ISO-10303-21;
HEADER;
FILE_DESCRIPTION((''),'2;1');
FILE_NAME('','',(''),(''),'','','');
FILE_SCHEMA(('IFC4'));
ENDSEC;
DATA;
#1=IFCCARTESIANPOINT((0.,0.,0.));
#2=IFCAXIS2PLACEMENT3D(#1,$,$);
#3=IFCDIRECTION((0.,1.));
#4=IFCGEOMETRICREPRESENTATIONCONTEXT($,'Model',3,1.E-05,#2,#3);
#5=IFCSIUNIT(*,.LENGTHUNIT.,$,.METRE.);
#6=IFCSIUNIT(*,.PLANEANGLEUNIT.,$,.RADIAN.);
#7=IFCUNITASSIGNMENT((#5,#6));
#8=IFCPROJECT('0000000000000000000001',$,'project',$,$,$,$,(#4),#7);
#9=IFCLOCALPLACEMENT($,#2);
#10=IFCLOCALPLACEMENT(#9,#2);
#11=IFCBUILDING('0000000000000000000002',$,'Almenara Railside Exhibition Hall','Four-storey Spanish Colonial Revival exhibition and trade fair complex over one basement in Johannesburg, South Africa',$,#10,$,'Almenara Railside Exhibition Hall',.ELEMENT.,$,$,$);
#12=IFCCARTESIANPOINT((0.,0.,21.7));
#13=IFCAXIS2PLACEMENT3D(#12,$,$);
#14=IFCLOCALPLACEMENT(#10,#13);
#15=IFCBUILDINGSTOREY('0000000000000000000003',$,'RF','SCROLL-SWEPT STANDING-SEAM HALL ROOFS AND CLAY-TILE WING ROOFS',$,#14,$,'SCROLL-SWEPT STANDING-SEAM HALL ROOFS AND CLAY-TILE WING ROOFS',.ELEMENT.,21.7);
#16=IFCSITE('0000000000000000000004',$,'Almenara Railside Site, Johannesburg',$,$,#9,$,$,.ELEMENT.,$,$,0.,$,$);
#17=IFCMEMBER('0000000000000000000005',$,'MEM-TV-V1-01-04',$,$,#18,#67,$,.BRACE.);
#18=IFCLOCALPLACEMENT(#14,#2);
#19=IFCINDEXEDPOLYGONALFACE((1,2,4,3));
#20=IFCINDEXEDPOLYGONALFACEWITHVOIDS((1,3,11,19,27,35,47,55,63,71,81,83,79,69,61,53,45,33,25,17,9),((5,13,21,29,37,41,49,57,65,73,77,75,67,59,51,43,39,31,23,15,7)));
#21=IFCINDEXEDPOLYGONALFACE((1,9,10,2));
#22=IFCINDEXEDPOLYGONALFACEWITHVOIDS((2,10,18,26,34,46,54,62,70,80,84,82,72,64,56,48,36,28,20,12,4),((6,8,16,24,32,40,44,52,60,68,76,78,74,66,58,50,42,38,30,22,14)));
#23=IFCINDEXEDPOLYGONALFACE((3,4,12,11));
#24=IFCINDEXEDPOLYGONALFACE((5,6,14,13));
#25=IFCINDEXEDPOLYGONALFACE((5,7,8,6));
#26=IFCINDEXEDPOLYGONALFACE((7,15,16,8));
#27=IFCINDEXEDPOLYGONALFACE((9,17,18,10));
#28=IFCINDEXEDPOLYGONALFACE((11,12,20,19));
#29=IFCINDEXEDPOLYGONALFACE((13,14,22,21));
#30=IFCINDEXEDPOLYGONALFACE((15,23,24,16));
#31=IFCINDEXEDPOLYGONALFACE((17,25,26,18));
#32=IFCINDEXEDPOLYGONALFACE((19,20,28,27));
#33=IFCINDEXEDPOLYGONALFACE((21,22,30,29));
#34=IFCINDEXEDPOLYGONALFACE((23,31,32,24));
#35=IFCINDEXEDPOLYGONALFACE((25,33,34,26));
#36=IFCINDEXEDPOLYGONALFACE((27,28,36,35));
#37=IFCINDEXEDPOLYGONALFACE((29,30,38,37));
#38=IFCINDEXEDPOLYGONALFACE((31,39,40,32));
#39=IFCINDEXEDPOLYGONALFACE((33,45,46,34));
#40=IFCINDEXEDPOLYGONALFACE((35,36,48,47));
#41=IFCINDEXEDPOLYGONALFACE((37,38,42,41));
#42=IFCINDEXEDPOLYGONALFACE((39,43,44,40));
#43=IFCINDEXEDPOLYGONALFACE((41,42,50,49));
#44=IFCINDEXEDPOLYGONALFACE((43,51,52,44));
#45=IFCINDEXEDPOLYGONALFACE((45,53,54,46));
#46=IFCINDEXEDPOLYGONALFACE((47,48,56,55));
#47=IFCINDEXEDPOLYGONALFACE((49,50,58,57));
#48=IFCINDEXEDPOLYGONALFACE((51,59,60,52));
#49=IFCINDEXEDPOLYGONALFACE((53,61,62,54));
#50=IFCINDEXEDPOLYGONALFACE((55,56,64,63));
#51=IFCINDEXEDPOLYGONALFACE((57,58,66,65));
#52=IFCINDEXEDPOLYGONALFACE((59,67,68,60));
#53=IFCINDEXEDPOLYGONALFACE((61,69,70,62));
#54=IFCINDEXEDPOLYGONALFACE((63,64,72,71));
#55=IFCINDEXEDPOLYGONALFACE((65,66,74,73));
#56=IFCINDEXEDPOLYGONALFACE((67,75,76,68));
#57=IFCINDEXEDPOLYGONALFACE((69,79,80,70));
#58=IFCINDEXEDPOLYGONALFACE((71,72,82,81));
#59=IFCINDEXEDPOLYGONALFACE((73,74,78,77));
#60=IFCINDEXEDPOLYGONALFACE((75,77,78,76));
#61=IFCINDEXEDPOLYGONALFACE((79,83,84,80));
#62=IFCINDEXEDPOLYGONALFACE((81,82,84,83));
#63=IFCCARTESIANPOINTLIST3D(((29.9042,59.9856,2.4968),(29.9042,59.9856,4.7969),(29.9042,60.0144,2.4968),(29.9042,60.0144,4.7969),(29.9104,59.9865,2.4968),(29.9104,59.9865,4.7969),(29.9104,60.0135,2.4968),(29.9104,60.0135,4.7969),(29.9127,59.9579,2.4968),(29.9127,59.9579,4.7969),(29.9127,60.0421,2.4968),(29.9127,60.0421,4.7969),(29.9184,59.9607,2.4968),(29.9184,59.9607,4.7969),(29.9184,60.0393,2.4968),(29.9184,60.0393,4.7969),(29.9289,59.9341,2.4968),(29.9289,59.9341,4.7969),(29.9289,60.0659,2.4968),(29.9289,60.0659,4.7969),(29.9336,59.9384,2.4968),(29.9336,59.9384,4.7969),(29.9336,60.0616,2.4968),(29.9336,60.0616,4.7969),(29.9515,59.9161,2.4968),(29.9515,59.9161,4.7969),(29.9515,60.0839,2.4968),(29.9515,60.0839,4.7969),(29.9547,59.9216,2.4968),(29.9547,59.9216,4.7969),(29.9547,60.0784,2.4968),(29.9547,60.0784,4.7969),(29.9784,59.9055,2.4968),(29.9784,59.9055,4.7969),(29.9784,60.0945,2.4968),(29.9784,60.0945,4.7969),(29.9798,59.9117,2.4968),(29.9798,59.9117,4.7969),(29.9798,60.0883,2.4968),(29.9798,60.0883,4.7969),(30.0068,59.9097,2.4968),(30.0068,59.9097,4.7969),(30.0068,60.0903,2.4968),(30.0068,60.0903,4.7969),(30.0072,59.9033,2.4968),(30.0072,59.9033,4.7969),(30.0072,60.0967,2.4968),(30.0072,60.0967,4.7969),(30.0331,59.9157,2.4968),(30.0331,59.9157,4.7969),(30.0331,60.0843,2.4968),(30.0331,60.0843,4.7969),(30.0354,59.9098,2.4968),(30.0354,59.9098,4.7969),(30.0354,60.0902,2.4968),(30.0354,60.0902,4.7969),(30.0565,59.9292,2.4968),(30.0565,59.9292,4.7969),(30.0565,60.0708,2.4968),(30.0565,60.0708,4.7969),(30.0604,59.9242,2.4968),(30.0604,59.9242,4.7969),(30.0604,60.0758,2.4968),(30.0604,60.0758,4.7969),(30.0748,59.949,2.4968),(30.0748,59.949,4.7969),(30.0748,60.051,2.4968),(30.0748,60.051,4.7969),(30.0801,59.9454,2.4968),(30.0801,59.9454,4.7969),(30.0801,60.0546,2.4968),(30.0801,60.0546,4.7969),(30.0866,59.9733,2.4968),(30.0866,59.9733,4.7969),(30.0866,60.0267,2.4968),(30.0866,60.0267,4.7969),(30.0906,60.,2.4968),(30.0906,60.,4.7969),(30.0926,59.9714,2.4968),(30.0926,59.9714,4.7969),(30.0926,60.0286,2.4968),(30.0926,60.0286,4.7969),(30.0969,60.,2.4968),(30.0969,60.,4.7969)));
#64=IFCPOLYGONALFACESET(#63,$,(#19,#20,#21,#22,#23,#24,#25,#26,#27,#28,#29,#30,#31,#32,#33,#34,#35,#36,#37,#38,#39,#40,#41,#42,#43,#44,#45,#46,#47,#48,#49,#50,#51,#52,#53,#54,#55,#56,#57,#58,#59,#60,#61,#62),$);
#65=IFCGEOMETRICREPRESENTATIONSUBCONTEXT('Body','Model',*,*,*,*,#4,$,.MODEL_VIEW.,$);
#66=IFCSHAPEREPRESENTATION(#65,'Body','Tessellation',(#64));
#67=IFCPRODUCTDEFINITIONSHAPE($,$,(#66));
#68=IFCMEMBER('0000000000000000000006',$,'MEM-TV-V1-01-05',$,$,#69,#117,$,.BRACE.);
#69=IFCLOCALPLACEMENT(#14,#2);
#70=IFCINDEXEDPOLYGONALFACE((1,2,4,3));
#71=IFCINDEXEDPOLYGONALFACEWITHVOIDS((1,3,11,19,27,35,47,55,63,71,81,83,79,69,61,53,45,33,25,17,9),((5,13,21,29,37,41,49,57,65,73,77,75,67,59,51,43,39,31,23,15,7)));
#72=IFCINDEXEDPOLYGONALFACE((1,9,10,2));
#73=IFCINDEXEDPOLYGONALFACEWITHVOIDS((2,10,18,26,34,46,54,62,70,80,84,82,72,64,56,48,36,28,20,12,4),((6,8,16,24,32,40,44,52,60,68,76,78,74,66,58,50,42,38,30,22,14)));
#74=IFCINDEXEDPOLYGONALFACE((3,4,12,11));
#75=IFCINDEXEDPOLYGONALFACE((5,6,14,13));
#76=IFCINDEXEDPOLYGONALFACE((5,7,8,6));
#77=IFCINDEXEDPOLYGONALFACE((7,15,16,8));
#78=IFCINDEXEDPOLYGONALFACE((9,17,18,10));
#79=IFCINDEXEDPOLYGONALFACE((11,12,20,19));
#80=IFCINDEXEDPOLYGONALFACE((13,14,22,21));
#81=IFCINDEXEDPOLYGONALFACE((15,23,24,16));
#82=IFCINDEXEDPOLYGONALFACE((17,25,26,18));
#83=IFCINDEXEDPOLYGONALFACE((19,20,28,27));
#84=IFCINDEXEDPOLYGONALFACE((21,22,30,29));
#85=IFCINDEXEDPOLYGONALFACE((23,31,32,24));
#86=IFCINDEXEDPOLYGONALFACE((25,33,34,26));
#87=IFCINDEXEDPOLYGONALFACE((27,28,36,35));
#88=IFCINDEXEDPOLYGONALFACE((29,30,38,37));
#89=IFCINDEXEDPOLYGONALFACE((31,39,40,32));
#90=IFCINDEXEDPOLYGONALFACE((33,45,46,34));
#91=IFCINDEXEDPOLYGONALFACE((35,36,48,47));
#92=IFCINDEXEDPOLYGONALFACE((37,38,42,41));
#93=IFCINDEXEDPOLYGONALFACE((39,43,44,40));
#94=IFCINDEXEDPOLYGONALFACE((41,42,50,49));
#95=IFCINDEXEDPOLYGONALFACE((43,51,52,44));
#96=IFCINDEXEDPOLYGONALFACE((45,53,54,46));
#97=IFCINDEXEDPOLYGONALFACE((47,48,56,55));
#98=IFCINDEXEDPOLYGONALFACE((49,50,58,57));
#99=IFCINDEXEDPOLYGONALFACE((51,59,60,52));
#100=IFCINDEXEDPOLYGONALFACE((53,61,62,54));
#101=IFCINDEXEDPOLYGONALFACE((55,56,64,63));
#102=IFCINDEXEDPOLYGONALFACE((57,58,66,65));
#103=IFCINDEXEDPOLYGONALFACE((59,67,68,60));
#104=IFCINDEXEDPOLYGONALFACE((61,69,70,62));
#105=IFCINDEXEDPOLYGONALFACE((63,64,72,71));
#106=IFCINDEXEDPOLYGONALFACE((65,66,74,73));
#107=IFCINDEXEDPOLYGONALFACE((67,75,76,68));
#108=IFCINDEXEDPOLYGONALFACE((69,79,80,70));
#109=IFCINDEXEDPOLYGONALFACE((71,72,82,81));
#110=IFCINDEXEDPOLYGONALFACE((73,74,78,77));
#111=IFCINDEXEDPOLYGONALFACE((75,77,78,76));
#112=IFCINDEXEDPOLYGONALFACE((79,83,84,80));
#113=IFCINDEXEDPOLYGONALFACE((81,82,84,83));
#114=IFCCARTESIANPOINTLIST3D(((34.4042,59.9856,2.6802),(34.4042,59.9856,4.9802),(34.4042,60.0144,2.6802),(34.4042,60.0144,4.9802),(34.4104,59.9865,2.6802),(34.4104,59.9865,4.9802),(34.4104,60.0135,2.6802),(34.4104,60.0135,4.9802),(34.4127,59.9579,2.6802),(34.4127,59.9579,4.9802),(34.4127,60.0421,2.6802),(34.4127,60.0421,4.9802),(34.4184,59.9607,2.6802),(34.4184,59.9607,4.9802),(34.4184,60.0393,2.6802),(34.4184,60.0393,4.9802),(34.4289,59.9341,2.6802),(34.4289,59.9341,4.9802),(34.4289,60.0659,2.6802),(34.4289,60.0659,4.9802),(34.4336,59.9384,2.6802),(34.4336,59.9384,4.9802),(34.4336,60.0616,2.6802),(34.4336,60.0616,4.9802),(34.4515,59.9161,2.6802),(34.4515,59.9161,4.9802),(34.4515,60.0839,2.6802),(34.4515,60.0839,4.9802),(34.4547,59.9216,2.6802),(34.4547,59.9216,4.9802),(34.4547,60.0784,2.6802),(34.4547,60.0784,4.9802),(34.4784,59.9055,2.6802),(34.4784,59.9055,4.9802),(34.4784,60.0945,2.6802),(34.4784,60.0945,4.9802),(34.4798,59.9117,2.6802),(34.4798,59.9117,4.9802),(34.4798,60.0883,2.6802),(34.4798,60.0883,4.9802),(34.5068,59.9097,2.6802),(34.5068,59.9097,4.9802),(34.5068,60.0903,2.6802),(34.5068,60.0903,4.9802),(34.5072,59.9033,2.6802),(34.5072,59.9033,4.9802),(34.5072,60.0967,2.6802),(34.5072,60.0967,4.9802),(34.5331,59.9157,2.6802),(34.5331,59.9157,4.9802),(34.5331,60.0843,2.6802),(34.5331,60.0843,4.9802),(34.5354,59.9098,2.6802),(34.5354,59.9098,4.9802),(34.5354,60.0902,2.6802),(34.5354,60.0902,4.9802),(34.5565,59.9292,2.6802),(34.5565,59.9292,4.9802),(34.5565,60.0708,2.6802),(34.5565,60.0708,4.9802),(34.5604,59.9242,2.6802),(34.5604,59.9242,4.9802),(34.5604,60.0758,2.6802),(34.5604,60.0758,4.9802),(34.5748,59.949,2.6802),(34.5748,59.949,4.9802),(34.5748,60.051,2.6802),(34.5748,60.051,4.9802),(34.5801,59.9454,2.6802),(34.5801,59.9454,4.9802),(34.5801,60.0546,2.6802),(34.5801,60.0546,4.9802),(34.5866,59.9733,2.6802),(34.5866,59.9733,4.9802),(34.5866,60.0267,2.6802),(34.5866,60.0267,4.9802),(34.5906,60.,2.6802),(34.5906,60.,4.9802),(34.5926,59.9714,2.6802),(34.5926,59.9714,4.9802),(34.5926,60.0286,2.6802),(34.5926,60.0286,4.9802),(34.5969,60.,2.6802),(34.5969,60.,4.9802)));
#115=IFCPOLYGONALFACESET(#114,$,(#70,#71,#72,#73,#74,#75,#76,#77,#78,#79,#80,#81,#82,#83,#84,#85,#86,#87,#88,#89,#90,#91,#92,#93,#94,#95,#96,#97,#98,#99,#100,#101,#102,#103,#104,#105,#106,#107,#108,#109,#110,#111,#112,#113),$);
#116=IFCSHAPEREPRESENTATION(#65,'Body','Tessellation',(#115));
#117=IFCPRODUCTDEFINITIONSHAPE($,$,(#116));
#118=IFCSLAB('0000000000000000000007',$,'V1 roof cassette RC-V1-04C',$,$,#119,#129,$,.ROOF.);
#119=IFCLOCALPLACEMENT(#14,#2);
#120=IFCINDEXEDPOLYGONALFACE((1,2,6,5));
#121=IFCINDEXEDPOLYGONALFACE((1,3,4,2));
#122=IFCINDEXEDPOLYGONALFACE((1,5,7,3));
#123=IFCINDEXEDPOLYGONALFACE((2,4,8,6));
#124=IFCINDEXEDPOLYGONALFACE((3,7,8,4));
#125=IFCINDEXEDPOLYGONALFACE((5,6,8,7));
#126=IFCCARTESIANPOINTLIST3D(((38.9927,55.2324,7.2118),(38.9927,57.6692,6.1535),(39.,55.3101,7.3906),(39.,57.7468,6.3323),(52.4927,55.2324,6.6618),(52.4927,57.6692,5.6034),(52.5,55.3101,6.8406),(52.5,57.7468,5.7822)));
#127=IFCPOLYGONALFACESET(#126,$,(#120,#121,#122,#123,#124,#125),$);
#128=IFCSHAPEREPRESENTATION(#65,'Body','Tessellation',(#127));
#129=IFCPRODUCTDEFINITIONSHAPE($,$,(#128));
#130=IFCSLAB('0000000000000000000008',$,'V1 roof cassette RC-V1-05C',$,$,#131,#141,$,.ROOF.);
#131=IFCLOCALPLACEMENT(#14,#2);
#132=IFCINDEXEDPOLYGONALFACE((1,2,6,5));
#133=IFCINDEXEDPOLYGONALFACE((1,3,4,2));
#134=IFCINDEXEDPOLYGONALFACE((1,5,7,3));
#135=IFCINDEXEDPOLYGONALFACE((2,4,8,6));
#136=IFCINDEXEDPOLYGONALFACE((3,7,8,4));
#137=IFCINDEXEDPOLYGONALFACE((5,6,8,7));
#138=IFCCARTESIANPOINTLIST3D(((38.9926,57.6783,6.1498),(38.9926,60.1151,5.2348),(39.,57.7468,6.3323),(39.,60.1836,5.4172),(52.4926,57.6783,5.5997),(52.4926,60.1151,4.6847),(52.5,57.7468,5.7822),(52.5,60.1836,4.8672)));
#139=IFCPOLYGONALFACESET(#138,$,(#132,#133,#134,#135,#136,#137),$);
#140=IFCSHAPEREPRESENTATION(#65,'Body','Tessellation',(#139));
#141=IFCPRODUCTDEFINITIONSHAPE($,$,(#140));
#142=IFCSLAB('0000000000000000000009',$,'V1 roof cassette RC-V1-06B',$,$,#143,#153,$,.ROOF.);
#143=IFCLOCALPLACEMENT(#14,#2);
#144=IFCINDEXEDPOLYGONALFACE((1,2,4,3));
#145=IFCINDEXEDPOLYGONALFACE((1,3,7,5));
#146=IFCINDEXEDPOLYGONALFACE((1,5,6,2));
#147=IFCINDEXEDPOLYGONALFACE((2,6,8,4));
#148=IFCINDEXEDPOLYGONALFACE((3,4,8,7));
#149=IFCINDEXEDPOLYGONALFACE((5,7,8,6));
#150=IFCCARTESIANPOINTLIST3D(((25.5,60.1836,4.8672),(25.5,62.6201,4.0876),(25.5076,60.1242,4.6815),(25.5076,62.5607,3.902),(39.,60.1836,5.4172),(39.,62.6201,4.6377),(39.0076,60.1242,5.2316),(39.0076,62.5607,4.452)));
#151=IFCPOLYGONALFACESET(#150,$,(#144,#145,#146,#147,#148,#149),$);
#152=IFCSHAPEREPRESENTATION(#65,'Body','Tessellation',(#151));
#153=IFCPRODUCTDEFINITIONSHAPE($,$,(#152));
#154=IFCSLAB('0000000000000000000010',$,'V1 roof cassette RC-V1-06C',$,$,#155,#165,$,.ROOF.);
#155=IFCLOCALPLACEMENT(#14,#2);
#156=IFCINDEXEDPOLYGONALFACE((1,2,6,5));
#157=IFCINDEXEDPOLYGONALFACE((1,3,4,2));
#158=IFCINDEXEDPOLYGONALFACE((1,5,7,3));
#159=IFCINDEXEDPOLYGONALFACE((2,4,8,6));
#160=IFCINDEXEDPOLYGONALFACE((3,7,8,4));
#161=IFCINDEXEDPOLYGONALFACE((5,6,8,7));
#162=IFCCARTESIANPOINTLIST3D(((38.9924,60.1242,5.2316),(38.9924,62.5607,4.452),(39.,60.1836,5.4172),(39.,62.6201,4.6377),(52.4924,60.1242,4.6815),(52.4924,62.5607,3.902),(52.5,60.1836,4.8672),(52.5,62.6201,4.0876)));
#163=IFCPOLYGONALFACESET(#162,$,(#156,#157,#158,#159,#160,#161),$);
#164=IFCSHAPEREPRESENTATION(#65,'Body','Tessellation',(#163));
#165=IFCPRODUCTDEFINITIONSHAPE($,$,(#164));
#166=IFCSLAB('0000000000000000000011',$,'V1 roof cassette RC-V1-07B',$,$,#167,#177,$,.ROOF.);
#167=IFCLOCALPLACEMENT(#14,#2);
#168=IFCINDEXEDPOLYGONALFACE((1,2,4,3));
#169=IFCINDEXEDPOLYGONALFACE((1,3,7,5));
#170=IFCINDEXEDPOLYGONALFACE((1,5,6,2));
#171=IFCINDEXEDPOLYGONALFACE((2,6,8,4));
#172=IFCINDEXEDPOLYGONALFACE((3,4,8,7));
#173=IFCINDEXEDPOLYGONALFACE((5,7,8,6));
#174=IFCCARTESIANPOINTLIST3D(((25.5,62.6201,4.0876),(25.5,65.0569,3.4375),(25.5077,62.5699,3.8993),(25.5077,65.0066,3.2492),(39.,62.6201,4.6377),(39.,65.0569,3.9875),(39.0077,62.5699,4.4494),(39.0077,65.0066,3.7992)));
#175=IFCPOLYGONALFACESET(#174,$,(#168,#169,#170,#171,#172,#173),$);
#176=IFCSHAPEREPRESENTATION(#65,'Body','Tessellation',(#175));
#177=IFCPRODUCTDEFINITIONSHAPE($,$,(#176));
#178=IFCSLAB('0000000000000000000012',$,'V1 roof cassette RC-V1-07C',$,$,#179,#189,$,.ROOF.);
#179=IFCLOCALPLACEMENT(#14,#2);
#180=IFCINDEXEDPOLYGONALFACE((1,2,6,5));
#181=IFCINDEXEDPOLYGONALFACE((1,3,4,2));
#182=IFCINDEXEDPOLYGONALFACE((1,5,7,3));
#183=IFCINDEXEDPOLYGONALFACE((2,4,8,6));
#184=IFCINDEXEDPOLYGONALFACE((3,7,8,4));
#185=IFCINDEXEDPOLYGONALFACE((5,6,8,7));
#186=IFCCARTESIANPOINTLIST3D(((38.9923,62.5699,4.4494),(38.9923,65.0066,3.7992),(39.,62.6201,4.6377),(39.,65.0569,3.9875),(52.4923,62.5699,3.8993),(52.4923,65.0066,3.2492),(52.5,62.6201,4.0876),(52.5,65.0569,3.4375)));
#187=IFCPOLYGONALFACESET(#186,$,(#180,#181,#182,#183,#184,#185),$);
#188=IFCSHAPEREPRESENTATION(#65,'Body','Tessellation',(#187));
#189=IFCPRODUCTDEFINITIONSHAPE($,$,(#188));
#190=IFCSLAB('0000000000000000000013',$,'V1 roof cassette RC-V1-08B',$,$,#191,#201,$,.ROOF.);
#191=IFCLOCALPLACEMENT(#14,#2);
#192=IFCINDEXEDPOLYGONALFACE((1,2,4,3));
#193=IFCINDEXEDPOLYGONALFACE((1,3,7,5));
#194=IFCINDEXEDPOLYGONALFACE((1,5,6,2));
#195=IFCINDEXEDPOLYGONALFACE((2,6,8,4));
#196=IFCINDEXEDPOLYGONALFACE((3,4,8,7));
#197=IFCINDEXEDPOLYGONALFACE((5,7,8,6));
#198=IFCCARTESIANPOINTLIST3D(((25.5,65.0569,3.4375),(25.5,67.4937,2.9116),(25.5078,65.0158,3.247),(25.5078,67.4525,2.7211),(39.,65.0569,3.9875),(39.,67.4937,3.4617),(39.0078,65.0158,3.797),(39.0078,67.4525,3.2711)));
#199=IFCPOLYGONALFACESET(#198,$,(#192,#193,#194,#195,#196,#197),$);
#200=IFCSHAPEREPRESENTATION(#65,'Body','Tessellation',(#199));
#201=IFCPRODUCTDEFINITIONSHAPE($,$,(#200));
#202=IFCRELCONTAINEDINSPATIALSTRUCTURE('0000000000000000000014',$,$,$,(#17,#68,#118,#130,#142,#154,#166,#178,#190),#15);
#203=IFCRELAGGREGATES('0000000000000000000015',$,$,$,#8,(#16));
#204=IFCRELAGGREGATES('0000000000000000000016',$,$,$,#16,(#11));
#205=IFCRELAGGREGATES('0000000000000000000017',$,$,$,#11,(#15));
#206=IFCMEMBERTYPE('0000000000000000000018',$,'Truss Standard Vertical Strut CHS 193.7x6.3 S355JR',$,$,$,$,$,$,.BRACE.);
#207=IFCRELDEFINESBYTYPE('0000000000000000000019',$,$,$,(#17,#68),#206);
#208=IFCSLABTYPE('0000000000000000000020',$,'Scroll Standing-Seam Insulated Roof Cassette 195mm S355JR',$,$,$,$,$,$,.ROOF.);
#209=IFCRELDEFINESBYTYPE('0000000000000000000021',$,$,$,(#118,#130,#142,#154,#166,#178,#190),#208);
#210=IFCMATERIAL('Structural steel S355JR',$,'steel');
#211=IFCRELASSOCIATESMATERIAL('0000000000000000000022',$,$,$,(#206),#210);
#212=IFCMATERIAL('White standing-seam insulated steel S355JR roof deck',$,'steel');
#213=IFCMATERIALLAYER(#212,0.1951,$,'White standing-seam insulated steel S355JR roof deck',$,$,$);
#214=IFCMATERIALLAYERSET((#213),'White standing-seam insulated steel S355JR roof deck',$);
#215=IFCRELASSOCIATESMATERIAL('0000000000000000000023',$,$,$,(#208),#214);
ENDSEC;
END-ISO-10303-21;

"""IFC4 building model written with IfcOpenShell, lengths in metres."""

from ifc_helpers import new_model, si_unit, direction, frame, origin, origin_2d, place, context, subcontext, project, spatial, polyline, hollow_circle, outline, extrude, material, layer, layer_set, material_profile, profile_set, type_object, element, save


model = new_model("IFC4")

# Units and contexts
model_context = context("Model", 3, precision=1e-05, world=origin(), true_north=direction((0.0, 1.0)))
body_context = subcontext(model_context, "Body", "Model", "MODEL_VIEW")
ifc_project = project(units=[si_unit("LENGTHUNIT", "METRE"), si_unit("PLANEANGLEUNIT", "RADIAN")], contexts=[model_context])

# Site, building, storey
site_placement = place(None, origin())
site = spatial("IfcSite", under=ifc_project, at=site_placement, Name="Almenara Railside Site, Johannesburg", CompositionType="ELEMENT", RefElevation=0.0)
building_placement = place(site_placement, origin())
building = spatial("IfcBuilding", under=site, at=building_placement, Name="Almenara Railside Exhibition Hall", Description="Four-storey Spanish Colonial Revival exhibition and trade fair complex over one basement in Johannesburg, South Africa", LongName="Almenara Railside Exhibition Hall", CompositionType="ELEMENT")
storey_placement = place(building_placement, frame((0.0, 0.0, 21.7)))
storey = spatial("IfcBuildingStorey", under=building, at=storey_placement, Name="RF", Description="SCROLL-SWEPT STANDING-SEAM HALL ROOFS AND CLAY-TILE WING ROOFS", LongName="SCROLL-SWEPT STANDING-SEAM HALL ROOFS AND CLAY-TILE WING ROOFS", CompositionType="ELEMENT", Elevation=21.7)

# Members
ifc_material_1 = material(Name="Structural steel S355JR", Category="steel")
ifc_material_profile_1 = material_profile(ifc_material_1, hollow_circle(Radius=0.0969, WallThickness=0.0063, at=origin_2d()), Name="CHS 193.7x6.3")
ifc_profile_set_1 = profile_set([ifc_material_profile_1], Name="Structural steel S355JR")
member_type_1 = type_object("IfcMemberType", Name="Truss Standard Vertical Strut CHS 193.7x6.3 S355JR", PredefinedType="BRACE", material=ifc_profile_set_1)
for number, where, z_axis, x_axis, name in (
    (1, (30.0, 60.0, 2.4968), (0.0, 0.0, 1.0), (1.0, 0.0, 0.0), "MEM-TV-V1-01-04"),
    (2, (34.5, 60.0, 2.6802), (0.0, 0.0, 1.0), (1.0, 0.0, 0.0), "MEM-TV-V1-01-05"),
):
    element("IfcMember", number, at=place(storey_placement, frame(where, z_axis=z_axis, x_axis=x_axis)), inside=storey, type_object=member_type_1, Name=name, PredefinedType="BRACE", context=body_context, shape_type="SweptSolid", body=[
        extrude(hollow_circle(Radius=0.0969, WallThickness=0.0063, at=origin_2d()), origin(), (0.0, 0.0, 1.0), 2.3),
    ])

# Slabs
ifc_material_2 = material(Name="White standing-seam insulated steel S355JR roof deck", Category="steel")
ifc_layer_1 = layer(ifc_material_2, 0.1951, Name="White standing-seam insulated steel S355JR roof deck")
ifc_layer_set_1 = layer_set([ifc_layer_1], Name="White standing-seam insulated steel S355JR roof deck")
slab_type = type_object("IfcSlabType", Name="Scroll Standing-Seam Insulated Roof Cassette 195mm S355JR", PredefinedType="ROOF", material=ifc_layer_set_1)
slab_1_placement = place(storey_placement, frame((39.0, 55.3101, 7.3906), z_axis=(0.037346, 0.398095, 0.916584), x_axis=(0.999171, 0.0, -0.040711)))
element("IfcSlab", 3, at=slab_1_placement, inside=storey, type_object=slab_type, Name="V1 roof cassette RC-V1-04C", PredefinedType="ROOF", context=body_context, shape_type="SweptSolid", body=[
    extrude(outline(polyline([(0.0, 0.0), (13.5112, 0.0), (13.5543, 2.6563), (0.0431, 2.6563), (0.0, 0.0)])), origin(), (0.0, 0.0, -1.0), 0.1951),
])
slab_2_placement = place(storey_placement, frame((39.0, 57.7468, 6.3323), z_axis=(0.038116, 0.351289, 0.935491), x_axis=(0.999171, 0.0, -0.040711)))
element("IfcSlab", 4, at=slab_2_placement, inside=storey, type_object=slab_type, Name="V1 roof cassette RC-V1-05C", PredefinedType="ROOF", context=body_context, shape_type="SweptSolid", body=[
    extrude(outline(polyline([(0.0, 0.0), (13.5112, 0.0), (13.5485, 2.6026), (0.0373, 2.6026), (0.0, 0.0)])), origin(), (0.0, 0.0, -1.0), 0.1951),
])
slab_3_placement = place(storey_placement, frame((25.5, 60.1836, 4.8672), z_axis=(-0.038777, 0.304495, 0.951724), x_axis=(0.999171, 0.0, 0.040711)))
element("IfcSlab", 5, at=slab_3_placement, inside=storey, type_object=slab_type, Name="V1 roof cassette RC-V1-06B", PredefinedType="ROOF", context=body_context, shape_type="SweptSolid", body=[
    extrude(outline(polyline([(0.0, 0.0), (13.5112, 0.0), (13.4795, 2.558), (-0.0317, 2.558), (0.0, 0.0)])), origin(), (0.0, 0.0, -1.0), 0.1951),
])
slab_4_placement = place(storey_placement, frame((39.0, 60.1836, 5.4172), z_axis=(0.038777, 0.304495, 0.951724), x_axis=(0.999171, 0.0, -0.040711)))
element("IfcSlab", 6, at=slab_4_placement, inside=storey, type_object=slab_type, Name="V1 roof cassette RC-V1-06C", PredefinedType="ROOF", context=body_context, shape_type="SweptSolid", body=[
    extrude(outline(polyline([(0.0, 0.0), (13.5112, 0.0), (13.5429, 2.558), (0.0317, 2.558), (0.0, 0.0)])), origin(), (0.0, 0.0, -1.0), 0.1951),
])
slab_5_placement = place(storey_placement, frame((25.5, 62.6201, 4.0876), z_axis=(-0.039337, 0.25759, 0.965453), x_axis=(0.999171, 0.0, 0.040711)))
element("IfcSlab", 7, at=slab_5_placement, inside=storey, type_object=slab_type, Name="V1 roof cassette RC-V1-07B", PredefinedType="ROOF", context=body_context, shape_type="SweptSolid", body=[
    extrude(outline(polyline([(0.0, 0.0), (13.5112, 0.0), (13.4847, 2.5219), (-0.0265, 2.5219), (0.0, 0.0)])), origin(), (0.0, 0.0, -1.0), 0.1951),
])
slab_6_placement = place(storey_placement, frame((39.0, 62.6201, 4.6377), z_axis=(0.039337, 0.25759, 0.965453), x_axis=(0.999171, 0.0, -0.040711)))
element("IfcSlab", 8, at=slab_6_placement, inside=storey, type_object=slab_type, Name="V1 roof cassette RC-V1-07C", PredefinedType="ROOF", context=body_context, shape_type="SweptSolid", body=[
    extrude(outline(polyline([(0.0, 0.0), (13.5112, 0.0), (13.5377, 2.5219), (0.0265, 2.5219), (0.0, 0.0)])), origin(), (0.0, 0.0, -1.0), 0.1951),
])
slab_7_placement = place(storey_placement, frame((25.5, 65.0569, 3.4375), z_axis=(-0.039796, 0.210786, 0.976722), x_axis=(0.999171, 0.0, 0.040711)))
element("IfcSlab", 9, at=slab_7_placement, inside=storey, type_object=slab_type, Name="V1 roof cassette RC-V1-08B", PredefinedType="ROOF", context=body_context, shape_type="SweptSolid", body=[
    extrude(outline(polyline([(0.0, 0.0), (13.5112, 0.0), (13.4898, 2.4928), (-0.0214, 2.4928), (0.0, 0.0)])), origin(), (0.0, 0.0, -1.0), 0.1951),
])

save(model, "model.ifc")
